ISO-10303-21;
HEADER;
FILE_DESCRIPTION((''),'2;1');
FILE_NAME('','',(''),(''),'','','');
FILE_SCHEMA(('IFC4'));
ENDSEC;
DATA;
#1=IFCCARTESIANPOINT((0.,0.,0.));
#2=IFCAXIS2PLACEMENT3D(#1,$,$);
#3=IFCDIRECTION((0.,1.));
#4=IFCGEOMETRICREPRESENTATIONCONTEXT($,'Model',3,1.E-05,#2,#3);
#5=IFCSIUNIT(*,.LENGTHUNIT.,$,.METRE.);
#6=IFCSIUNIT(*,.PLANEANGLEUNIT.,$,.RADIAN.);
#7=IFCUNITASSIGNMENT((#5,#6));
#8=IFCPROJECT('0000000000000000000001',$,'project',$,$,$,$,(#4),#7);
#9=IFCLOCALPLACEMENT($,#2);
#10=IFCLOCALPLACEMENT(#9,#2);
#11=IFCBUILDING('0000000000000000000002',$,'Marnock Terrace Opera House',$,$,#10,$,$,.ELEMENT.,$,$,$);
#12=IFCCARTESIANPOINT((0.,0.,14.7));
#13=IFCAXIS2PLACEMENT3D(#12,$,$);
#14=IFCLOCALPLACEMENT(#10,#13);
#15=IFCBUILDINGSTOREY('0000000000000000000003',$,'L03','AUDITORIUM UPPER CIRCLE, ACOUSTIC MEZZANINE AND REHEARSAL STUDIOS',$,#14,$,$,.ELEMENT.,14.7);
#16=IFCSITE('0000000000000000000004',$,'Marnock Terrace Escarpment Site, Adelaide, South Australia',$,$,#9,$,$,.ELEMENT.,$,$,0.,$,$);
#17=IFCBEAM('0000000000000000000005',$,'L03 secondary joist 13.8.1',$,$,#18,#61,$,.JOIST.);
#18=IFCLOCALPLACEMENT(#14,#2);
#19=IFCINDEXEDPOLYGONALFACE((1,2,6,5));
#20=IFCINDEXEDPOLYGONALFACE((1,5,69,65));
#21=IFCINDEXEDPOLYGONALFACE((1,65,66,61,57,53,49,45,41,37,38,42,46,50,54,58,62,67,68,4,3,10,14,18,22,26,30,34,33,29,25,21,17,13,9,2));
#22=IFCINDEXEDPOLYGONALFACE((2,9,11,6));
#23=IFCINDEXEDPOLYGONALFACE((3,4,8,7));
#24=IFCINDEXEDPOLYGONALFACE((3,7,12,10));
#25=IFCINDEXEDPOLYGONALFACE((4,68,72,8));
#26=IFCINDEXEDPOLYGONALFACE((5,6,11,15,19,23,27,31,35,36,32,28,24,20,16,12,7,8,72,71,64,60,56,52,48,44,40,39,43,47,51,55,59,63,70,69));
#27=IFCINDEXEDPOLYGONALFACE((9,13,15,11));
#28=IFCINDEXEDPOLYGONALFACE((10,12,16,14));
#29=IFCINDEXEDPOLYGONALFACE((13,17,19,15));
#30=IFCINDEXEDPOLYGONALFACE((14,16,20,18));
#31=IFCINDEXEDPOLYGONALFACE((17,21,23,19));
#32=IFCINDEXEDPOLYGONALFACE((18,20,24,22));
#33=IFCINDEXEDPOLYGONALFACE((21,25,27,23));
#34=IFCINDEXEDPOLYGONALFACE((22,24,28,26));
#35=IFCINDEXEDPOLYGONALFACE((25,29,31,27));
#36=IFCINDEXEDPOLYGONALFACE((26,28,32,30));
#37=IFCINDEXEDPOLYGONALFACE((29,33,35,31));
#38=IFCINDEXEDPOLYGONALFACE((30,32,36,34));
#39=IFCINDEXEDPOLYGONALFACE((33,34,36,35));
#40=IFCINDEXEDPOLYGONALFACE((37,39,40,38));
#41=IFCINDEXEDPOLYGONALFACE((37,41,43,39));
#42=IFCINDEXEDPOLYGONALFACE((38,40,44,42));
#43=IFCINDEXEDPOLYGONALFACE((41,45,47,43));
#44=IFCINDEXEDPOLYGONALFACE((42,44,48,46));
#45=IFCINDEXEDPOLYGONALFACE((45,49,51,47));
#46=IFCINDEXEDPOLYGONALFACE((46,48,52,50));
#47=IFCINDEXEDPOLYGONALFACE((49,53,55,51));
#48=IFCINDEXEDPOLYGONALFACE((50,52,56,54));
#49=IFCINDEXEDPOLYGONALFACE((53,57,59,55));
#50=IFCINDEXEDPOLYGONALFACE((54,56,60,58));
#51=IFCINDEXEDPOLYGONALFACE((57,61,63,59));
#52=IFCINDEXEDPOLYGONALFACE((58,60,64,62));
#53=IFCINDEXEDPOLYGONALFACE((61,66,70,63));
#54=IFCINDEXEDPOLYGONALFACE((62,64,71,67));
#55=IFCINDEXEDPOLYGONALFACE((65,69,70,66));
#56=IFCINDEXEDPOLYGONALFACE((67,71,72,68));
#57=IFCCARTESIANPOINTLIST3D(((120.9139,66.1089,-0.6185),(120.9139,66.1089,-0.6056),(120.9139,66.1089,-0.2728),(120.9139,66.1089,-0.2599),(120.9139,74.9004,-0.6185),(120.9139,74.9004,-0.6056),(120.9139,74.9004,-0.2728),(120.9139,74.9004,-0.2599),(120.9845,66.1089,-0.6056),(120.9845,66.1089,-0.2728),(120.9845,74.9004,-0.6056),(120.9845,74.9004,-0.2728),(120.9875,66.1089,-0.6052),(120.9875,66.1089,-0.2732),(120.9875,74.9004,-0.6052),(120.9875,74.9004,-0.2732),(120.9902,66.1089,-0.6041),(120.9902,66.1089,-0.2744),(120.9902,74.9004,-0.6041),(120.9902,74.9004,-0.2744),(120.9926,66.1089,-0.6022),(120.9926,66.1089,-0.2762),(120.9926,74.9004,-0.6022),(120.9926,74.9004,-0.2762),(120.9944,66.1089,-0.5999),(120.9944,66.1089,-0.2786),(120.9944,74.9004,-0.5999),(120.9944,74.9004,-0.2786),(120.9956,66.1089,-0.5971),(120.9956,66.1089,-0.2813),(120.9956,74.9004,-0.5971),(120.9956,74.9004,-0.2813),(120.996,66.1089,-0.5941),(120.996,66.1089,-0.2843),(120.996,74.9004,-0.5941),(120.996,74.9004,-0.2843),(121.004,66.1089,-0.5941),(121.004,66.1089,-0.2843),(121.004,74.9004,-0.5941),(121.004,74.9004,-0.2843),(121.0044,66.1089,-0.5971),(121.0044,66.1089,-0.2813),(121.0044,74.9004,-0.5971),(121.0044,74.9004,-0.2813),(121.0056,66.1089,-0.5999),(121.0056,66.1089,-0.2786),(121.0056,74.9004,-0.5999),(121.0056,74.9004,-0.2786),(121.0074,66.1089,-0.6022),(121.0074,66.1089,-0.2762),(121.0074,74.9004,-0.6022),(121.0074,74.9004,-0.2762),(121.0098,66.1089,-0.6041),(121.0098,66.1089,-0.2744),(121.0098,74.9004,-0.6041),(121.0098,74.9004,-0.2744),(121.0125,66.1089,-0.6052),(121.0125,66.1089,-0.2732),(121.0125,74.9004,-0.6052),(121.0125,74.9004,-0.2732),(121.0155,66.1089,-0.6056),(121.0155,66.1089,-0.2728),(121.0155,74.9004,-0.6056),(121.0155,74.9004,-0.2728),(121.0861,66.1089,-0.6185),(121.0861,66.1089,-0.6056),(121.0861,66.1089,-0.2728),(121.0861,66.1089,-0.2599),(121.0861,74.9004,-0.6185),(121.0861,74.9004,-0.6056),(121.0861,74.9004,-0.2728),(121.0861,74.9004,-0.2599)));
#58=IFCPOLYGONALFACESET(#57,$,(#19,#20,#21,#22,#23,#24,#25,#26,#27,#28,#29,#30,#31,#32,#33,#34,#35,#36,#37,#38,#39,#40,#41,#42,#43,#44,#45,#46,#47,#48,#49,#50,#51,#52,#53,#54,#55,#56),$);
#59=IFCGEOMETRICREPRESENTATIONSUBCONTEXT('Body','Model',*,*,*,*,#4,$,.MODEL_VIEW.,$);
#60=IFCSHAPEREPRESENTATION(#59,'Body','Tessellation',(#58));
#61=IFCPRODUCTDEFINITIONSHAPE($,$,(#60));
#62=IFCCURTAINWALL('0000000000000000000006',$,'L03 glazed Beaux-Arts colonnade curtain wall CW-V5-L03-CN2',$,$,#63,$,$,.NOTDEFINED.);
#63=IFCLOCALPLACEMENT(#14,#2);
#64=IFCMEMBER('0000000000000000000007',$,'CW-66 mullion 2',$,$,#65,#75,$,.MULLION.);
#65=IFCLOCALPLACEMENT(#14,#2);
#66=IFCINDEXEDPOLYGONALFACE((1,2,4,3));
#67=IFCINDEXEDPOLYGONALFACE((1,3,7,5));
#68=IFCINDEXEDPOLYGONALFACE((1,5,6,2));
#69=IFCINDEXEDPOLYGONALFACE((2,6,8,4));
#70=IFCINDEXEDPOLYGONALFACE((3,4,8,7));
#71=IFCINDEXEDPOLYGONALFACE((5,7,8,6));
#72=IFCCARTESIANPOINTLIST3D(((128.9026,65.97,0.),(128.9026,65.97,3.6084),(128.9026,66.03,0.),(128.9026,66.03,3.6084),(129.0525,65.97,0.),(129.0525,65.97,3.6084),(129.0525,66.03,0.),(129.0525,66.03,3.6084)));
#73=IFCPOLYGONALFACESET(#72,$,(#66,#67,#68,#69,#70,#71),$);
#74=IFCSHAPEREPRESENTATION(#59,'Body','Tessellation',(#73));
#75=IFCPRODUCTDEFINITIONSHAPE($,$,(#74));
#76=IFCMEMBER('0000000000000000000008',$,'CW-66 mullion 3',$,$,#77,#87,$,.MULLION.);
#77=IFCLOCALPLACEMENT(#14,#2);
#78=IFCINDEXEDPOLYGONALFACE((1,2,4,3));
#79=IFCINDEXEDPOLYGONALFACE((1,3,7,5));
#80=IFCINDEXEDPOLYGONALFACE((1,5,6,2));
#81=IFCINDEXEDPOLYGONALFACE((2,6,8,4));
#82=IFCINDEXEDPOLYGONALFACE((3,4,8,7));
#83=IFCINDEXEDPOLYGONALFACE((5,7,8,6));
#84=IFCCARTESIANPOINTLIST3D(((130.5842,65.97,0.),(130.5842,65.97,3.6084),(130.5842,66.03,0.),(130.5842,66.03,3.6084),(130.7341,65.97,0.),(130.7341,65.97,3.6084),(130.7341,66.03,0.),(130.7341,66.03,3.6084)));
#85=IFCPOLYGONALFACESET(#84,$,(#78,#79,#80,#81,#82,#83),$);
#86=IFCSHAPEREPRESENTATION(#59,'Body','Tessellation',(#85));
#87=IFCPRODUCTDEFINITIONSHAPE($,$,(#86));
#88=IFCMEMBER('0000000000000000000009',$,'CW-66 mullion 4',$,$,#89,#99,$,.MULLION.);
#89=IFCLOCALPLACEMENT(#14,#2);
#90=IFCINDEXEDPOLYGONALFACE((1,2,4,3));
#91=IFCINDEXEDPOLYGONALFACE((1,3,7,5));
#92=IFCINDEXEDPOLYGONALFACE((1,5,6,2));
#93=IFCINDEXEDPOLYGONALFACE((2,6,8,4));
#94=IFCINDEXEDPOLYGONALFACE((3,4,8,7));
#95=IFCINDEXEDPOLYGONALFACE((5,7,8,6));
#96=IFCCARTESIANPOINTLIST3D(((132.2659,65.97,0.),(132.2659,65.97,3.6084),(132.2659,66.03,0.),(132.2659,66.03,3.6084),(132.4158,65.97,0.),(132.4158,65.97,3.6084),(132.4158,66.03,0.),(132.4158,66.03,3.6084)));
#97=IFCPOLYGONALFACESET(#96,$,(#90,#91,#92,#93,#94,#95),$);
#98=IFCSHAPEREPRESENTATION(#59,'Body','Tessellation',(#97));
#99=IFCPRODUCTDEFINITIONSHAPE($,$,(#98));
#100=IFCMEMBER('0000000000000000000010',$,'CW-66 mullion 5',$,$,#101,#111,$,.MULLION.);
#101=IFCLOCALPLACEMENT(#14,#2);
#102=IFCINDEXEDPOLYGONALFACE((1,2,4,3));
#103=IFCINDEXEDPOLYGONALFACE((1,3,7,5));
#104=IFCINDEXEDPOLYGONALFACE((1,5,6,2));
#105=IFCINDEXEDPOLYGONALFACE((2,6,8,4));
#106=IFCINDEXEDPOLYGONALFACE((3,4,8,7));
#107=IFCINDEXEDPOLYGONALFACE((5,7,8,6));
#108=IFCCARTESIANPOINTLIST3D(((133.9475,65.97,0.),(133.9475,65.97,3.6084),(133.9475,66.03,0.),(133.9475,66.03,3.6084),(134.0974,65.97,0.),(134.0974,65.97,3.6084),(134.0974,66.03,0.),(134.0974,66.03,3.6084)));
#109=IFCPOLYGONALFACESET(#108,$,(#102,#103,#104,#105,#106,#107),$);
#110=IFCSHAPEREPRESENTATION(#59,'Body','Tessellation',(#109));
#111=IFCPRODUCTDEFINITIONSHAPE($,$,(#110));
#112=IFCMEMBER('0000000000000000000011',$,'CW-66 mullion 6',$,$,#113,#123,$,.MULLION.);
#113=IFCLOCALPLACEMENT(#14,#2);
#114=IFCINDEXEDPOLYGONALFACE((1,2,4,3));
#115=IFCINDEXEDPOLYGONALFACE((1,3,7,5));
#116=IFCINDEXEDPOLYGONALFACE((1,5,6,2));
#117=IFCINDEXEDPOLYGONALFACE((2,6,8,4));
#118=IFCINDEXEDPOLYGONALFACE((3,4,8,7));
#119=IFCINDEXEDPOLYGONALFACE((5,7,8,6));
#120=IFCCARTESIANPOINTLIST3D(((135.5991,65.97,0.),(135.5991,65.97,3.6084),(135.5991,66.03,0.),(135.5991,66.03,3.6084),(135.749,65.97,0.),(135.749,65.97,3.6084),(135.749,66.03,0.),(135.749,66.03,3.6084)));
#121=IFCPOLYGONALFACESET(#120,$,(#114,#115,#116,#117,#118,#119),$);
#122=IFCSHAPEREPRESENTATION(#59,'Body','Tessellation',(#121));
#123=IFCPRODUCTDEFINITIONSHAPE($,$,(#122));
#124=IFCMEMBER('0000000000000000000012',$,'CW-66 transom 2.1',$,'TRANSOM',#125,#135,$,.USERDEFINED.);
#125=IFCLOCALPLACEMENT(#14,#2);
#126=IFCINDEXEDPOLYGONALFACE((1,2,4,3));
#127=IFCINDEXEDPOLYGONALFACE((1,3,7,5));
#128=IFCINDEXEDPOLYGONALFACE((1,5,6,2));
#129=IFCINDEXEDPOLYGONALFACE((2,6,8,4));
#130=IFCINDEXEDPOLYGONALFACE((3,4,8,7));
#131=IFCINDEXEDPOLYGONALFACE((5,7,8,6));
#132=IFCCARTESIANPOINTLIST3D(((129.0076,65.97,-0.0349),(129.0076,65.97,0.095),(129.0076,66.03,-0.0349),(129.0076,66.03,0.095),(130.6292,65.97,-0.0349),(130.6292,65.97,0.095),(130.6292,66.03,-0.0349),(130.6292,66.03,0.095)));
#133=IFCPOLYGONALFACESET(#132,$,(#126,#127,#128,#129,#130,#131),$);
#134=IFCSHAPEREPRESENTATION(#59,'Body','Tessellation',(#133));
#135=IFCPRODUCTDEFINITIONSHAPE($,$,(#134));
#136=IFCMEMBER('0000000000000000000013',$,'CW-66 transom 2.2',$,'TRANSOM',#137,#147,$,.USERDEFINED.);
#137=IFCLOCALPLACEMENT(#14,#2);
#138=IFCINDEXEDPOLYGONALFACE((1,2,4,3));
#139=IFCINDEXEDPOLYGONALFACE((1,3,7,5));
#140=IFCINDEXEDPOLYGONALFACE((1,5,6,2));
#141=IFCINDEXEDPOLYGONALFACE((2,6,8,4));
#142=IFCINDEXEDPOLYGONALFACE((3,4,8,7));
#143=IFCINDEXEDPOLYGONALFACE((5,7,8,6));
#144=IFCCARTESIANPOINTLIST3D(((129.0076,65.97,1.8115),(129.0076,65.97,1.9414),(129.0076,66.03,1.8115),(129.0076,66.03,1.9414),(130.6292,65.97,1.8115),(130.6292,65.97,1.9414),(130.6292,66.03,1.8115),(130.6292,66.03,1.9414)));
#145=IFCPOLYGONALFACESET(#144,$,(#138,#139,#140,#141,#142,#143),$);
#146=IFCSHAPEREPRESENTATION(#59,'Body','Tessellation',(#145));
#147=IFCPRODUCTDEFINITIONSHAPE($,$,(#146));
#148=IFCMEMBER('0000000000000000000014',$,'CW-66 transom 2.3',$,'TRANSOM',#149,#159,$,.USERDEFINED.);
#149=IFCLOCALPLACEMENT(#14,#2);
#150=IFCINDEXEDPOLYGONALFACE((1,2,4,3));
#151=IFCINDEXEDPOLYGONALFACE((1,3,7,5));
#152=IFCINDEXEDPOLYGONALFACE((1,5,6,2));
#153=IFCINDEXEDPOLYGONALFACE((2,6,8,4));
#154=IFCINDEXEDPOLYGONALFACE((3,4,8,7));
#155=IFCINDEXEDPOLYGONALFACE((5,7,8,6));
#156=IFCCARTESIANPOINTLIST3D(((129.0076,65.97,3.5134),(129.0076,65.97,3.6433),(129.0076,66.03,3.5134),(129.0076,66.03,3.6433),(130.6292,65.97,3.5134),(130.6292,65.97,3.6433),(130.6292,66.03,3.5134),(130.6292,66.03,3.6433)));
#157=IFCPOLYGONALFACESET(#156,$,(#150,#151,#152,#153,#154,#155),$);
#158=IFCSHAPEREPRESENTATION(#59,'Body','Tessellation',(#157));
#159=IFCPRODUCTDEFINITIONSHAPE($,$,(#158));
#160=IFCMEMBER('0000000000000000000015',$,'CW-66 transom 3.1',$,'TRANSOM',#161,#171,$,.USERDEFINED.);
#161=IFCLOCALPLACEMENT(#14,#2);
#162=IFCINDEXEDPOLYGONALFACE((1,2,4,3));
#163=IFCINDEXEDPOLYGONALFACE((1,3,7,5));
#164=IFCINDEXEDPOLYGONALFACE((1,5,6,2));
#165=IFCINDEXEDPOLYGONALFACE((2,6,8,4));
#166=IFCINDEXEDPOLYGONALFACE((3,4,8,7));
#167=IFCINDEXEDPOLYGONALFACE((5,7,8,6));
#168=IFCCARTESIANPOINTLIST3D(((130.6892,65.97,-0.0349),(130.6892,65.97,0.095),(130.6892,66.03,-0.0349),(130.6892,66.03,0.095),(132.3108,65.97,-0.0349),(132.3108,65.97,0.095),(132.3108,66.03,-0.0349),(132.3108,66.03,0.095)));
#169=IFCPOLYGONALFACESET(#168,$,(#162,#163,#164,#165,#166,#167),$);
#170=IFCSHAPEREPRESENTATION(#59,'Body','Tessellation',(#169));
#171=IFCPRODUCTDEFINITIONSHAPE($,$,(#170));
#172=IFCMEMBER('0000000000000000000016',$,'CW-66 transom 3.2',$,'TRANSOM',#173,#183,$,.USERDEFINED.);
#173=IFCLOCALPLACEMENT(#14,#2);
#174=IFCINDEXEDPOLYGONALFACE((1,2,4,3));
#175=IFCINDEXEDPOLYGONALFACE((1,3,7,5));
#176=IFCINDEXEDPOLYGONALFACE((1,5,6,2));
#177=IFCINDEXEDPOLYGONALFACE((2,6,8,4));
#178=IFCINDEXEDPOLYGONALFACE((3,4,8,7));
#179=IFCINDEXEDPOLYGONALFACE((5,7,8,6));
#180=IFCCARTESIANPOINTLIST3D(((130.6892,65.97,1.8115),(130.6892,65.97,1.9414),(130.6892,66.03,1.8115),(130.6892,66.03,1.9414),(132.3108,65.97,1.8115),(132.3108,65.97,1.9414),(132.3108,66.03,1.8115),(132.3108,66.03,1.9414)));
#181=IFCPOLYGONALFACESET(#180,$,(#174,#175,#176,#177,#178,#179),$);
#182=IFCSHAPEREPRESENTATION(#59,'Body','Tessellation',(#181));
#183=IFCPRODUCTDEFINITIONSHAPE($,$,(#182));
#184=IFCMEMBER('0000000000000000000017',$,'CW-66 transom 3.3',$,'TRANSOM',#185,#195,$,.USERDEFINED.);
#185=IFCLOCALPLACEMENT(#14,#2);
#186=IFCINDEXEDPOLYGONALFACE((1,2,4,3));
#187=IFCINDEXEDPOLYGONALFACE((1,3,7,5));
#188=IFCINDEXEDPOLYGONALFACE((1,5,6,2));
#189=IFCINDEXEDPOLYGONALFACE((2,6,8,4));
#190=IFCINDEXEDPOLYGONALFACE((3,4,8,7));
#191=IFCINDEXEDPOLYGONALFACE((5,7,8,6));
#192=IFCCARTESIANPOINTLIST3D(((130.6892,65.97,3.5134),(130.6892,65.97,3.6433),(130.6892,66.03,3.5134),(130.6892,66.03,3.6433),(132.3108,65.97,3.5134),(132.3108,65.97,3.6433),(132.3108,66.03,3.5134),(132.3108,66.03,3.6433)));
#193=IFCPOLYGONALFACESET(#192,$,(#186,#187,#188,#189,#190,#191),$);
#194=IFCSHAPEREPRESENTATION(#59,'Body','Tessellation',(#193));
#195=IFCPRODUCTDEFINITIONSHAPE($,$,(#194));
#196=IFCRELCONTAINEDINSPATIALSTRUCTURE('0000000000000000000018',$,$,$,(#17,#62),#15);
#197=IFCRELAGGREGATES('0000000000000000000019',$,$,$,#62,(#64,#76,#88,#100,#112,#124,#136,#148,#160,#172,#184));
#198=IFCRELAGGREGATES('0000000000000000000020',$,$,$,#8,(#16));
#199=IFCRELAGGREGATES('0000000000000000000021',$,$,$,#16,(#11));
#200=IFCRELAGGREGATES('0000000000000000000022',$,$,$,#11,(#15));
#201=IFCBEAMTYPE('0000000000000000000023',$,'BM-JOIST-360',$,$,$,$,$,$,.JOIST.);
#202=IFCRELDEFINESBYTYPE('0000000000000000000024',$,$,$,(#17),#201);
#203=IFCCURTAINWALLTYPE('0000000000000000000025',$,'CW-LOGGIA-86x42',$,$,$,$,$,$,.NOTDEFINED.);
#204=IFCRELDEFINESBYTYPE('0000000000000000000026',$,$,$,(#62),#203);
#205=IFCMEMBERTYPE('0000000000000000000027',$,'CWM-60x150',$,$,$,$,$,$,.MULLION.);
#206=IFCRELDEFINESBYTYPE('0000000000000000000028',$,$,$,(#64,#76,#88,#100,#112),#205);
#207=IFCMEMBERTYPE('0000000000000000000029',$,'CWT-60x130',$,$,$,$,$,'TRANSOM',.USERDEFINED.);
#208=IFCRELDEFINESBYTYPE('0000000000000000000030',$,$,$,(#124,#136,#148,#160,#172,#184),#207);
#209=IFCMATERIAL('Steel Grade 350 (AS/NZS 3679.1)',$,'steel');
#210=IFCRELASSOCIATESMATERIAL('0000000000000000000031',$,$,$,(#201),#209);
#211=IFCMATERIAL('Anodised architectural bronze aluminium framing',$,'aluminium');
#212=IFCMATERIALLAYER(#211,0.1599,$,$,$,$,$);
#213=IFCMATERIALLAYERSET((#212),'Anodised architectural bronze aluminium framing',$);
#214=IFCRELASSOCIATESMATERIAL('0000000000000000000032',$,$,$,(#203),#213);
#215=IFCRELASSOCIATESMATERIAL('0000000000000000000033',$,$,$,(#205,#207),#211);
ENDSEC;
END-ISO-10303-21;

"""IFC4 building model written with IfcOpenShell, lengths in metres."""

from ifc_helpers import new_model, si_unit, direction, frame, origin, origin_2d, place, context, subcontext, project, spatial, rectangle, i_section, extrude, material, layer, layer_set, material_profile, profile_set, type_object, element, aggregate, save


model = new_model("IFC4")

# Units and contexts
model_context = context("Model", 3, precision=1e-05, world=origin(), true_north=direction((0.0, 1.0)))
body_context = subcontext(model_context, "Body", "Model", "MODEL_VIEW")
ifc_project = project(units=[si_unit("LENGTHUNIT", "METRE"), si_unit("PLANEANGLEUNIT", "RADIAN")], contexts=[model_context])

# Site, building, storey
site_placement = place(None, origin())
site = spatial("IfcSite", under=ifc_project, at=site_placement, Name="Marnock Terrace Escarpment Site, Adelaide, South Australia", CompositionType="ELEMENT", RefElevation=0.0)
building_placement = place(site_placement, origin())
building = spatial("IfcBuilding", under=site, at=building_placement, Name="Marnock Terrace Opera House", CompositionType="ELEMENT")
storey_placement = place(building_placement, frame((0.0, 0.0, 14.7)))
storey = spatial("IfcBuildingStorey", under=building, at=storey_placement, Name="L03", Description="AUDITORIUM UPPER CIRCLE, ACOUSTIC MEZZANINE AND REHEARSAL STUDIOS", CompositionType="ELEMENT", Elevation=14.7)

# Beam
ifc_material_1 = material(Name="Steel Grade 350 (AS/NZS 3679.1)", Category="steel")
ifc_material_profile_1 = material_profile(ifc_material_1, i_section(OverallWidth=0.1721, OverallDepth=0.3586, WebThickness=0.0081, FlangeThickness=0.0129, FilletRadius=0.0115, at=origin_2d()))
ifc_profile_set_1 = profile_set([ifc_material_profile_1], Name="Steel Grade 350 (AS/NZS 3679.1)")
beam_type_1 = type_object("IfcBeamType", Name="BM-JOIST-360", PredefinedType="JOIST", material=ifc_profile_set_1)
beam_1_placement = place(storey_placement, frame((121.0, 66.1089, -0.4392), z_axis=(0.0, 1.0, 0.0), x_axis=(-1.0, 0.0, 0.0)))
element("IfcBeam", 1, at=beam_1_placement, inside=storey, type_object=beam_type_1, Name="L03 secondary joist 13.8.1", PredefinedType="JOIST", context=body_context, shape_type="SweptSolid", body=[
    extrude(i_section(OverallWidth=0.1721, OverallDepth=0.3586, WebThickness=0.0081, FlangeThickness=0.0129, FilletRadius=0.0115, at=origin_2d()), origin(), (0.0, 0.0, 1.0), 8.7915),
])

# Curtain wall, members
ifc_material_2 = material(Name="Anodised architectural bronze aluminium framing", Category="aluminium")
ifc_layer_1 = layer(ifc_material_2, 0.1599)
ifc_layer_set_1 = layer_set([ifc_layer_1], Name="Anodised architectural bronze aluminium framing")
curtain_wall_type = type_object("IfcCurtainWallType", Name="CW-LOGGIA-86x42", PredefinedType="NOTDEFINED", material=ifc_layer_set_1)
curtain_wall_placement = place(storey_placement, origin())
curtain_wall = element("IfcCurtainWall", 2, at=curtain_wall_placement, inside=storey, type_object=curtain_wall_type, Name="L03 glazed Beaux-Arts colonnade curtain wall CW-V5-L03-CN2", PredefinedType="NOTDEFINED")
ifc_material_profile_2 = material_profile(ifc_material_2, rectangle(XDim=0.0601, YDim=0.1499, at=origin_2d()))
ifc_profile_set_2 = profile_set([ifc_material_profile_2], Name="Anodised architectural bronze aluminium framing")
member_type_1 = type_object("IfcMemberType", Name="CWM-60x150", PredefinedType="MULLION", material=ifc_profile_set_2)
member_1_placement = place(storey_placement, frame((128.9775, 66.0, 0.0), z_axis=(0.0, 0.0, 1.0), x_axis=(0.0, 1.0, 0.0)))
member_1 = element("IfcMember", 3, at=member_1_placement, type_object=member_type_1, Name="CW-66 mullion 2", PredefinedType="MULLION", context=body_context, shape_type="SweptSolid", body=[
    extrude(rectangle(XDim=0.0601, YDim=0.1499, at=origin_2d()), origin(), (0.0, 0.0, 1.0), 3.6084),
])
member_2_placement = place(storey_placement, frame((130.6592, 66.0, 0.0), z_axis=(0.0, 0.0, 1.0), x_axis=(0.0, 1.0, 0.0)))
member_2 = element("IfcMember", 4, at=member_2_placement, type_object=member_type_1, Name="CW-66 mullion 3", PredefinedType="MULLION", context=body_context, shape_type="SweptSolid", body=[
    extrude(rectangle(XDim=0.0601, YDim=0.1499, at=origin_2d()), origin(), (0.0, 0.0, 1.0), 3.6084),
])
member_3_placement = place(storey_placement, frame((132.3408, 66.0, 0.0), z_axis=(0.0, 0.0, 1.0), x_axis=(0.0, 1.0, 0.0)))
member_3 = element("IfcMember", 5, at=member_3_placement, type_object=member_type_1, Name="CW-66 mullion 4", PredefinedType="MULLION", context=body_context, shape_type="SweptSolid", body=[
    extrude(rectangle(XDim=0.0601, YDim=0.1499, at=origin_2d()), origin(), (0.0, 0.0, 1.0), 3.6084),
])
member_4_placement = place(storey_placement, frame((134.0225, 66.0, 0.0), z_axis=(0.0, 0.0, 1.0), x_axis=(0.0, 1.0, 0.0)))
member_4 = element("IfcMember", 6, at=member_4_placement, type_object=member_type_1, Name="CW-66 mullion 5", PredefinedType="MULLION", context=body_context, shape_type="SweptSolid", body=[
    extrude(rectangle(XDim=0.0601, YDim=0.1499, at=origin_2d()), origin(), (0.0, 0.0, 1.0), 3.6084),
])
member_5_placement = place(storey_placement, frame((135.6741, 66.0, 0.0), z_axis=(0.0, 0.0, 1.0), x_axis=(0.0, 1.0, 0.0)))
member_5 = element("IfcMember", 7, at=member_5_placement, type_object=member_type_1, Name="CW-66 mullion 6", PredefinedType="MULLION", context=body_context, shape_type="SweptSolid", body=[
    extrude(rectangle(XDim=0.0601, YDim=0.1499, at=origin_2d()), origin(), (0.0, 0.0, 1.0), 3.6084),
])
ifc_material_profile_3 = material_profile(ifc_material_2, rectangle(XDim=0.0601, YDim=0.1299, at=origin_2d()))
ifc_profile_set_3 = profile_set([ifc_material_profile_3], Name="Anodised architectural bronze aluminium framing")
member_type_2 = type_object("IfcMemberType", Name="CWT-60x130", ElementType="TRANSOM", PredefinedType="USERDEFINED", material=ifc_profile_set_3)
member_6_placement = place(storey_placement, frame((129.0076, 66.0, 0.03), z_axis=(1.0, 0.0, 0.0), x_axis=(0.0, 1.0, 0.0)))
member_6 = element("IfcMember", 8, at=member_6_placement, type_object=member_type_2, Name="CW-66 transom 2.1", ObjectType="TRANSOM", PredefinedType="USERDEFINED", context=body_context, shape_type="SweptSolid", body=[
    extrude(rectangle(XDim=0.0601, YDim=0.1299, at=origin_2d()), origin(), (0.0, 0.0, 1.0), 1.6216),
])
member_7_placement = place(storey_placement, frame((129.0076, 66.0, 1.8765), z_axis=(1.0, 0.0, 0.0), x_axis=(0.0, 1.0, 0.0)))
member_7 = element("IfcMember", 9, at=member_7_placement, type_object=member_type_2, Name="CW-66 transom 2.2", ObjectType="TRANSOM", PredefinedType="USERDEFINED", context=body_context, shape_type="SweptSolid", body=[
    extrude(rectangle(XDim=0.0601, YDim=0.1299, at=origin_2d()), origin(), (0.0, 0.0, 1.0), 1.6216),
])
member_8_placement = place(storey_placement, frame((129.0076, 66.0, 3.5784), z_axis=(1.0, 0.0, 0.0), x_axis=(0.0, 1.0, 0.0)))
member_8 = element("IfcMember", 10, at=member_8_placement, type_object=member_type_2, Name="CW-66 transom 2.3", ObjectType="TRANSOM", PredefinedType="USERDEFINED", context=body_context, shape_type="SweptSolid", body=[
    extrude(rectangle(XDim=0.0601, YDim=0.1299, at=origin_2d()), origin(), (0.0, 0.0, 1.0), 1.6216),
])
member_9_placement = place(storey_placement, frame((130.6892, 66.0, 0.03), z_axis=(1.0, 0.0, 0.0), x_axis=(0.0, 1.0, 0.0)))
member_9 = element("IfcMember", 11, at=member_9_placement, type_object=member_type_2, Name="CW-66 transom 3.1", ObjectType="TRANSOM", PredefinedType="USERDEFINED", context=body_context, shape_type="SweptSolid", body=[
    extrude(rectangle(XDim=0.0601, YDim=0.1299, at=origin_2d()), origin(), (0.0, 0.0, 1.0), 1.6216),
])
member_10_placement = place(storey_placement, frame((130.6892, 66.0, 1.8765), z_axis=(1.0, 0.0, 0.0), x_axis=(0.0, 1.0, 0.0)))
member_10 = element("IfcMember", 12, at=member_10_placement, type_object=member_type_2, Name="CW-66 transom 3.2", ObjectType="TRANSOM", PredefinedType="USERDEFINED", context=body_context, shape_type="SweptSolid", body=[
    extrude(rectangle(XDim=0.0601, YDim=0.1299, at=origin_2d()), origin(), (0.0, 0.0, 1.0), 1.6216),
])
member_11_placement = place(storey_placement, frame((130.6892, 66.0, 3.5784), z_axis=(1.0, 0.0, 0.0), x_axis=(0.0, 1.0, 0.0)))
member_11 = element("IfcMember", 13, at=member_11_placement, type_object=member_type_2, Name="CW-66 transom 3.3", ObjectType="TRANSOM", PredefinedType="USERDEFINED", context=body_context, shape_type="SweptSolid", body=[
    extrude(rectangle(XDim=0.0601, YDim=0.1299, at=origin_2d()), origin(), (0.0, 0.0, 1.0), 1.6216),
])
aggregate(curtain_wall, [member_1, member_2, member_3, member_4, member_5, member_6, member_7, member_8, member_9, member_10, member_11])

save(model, "model.ifc")
